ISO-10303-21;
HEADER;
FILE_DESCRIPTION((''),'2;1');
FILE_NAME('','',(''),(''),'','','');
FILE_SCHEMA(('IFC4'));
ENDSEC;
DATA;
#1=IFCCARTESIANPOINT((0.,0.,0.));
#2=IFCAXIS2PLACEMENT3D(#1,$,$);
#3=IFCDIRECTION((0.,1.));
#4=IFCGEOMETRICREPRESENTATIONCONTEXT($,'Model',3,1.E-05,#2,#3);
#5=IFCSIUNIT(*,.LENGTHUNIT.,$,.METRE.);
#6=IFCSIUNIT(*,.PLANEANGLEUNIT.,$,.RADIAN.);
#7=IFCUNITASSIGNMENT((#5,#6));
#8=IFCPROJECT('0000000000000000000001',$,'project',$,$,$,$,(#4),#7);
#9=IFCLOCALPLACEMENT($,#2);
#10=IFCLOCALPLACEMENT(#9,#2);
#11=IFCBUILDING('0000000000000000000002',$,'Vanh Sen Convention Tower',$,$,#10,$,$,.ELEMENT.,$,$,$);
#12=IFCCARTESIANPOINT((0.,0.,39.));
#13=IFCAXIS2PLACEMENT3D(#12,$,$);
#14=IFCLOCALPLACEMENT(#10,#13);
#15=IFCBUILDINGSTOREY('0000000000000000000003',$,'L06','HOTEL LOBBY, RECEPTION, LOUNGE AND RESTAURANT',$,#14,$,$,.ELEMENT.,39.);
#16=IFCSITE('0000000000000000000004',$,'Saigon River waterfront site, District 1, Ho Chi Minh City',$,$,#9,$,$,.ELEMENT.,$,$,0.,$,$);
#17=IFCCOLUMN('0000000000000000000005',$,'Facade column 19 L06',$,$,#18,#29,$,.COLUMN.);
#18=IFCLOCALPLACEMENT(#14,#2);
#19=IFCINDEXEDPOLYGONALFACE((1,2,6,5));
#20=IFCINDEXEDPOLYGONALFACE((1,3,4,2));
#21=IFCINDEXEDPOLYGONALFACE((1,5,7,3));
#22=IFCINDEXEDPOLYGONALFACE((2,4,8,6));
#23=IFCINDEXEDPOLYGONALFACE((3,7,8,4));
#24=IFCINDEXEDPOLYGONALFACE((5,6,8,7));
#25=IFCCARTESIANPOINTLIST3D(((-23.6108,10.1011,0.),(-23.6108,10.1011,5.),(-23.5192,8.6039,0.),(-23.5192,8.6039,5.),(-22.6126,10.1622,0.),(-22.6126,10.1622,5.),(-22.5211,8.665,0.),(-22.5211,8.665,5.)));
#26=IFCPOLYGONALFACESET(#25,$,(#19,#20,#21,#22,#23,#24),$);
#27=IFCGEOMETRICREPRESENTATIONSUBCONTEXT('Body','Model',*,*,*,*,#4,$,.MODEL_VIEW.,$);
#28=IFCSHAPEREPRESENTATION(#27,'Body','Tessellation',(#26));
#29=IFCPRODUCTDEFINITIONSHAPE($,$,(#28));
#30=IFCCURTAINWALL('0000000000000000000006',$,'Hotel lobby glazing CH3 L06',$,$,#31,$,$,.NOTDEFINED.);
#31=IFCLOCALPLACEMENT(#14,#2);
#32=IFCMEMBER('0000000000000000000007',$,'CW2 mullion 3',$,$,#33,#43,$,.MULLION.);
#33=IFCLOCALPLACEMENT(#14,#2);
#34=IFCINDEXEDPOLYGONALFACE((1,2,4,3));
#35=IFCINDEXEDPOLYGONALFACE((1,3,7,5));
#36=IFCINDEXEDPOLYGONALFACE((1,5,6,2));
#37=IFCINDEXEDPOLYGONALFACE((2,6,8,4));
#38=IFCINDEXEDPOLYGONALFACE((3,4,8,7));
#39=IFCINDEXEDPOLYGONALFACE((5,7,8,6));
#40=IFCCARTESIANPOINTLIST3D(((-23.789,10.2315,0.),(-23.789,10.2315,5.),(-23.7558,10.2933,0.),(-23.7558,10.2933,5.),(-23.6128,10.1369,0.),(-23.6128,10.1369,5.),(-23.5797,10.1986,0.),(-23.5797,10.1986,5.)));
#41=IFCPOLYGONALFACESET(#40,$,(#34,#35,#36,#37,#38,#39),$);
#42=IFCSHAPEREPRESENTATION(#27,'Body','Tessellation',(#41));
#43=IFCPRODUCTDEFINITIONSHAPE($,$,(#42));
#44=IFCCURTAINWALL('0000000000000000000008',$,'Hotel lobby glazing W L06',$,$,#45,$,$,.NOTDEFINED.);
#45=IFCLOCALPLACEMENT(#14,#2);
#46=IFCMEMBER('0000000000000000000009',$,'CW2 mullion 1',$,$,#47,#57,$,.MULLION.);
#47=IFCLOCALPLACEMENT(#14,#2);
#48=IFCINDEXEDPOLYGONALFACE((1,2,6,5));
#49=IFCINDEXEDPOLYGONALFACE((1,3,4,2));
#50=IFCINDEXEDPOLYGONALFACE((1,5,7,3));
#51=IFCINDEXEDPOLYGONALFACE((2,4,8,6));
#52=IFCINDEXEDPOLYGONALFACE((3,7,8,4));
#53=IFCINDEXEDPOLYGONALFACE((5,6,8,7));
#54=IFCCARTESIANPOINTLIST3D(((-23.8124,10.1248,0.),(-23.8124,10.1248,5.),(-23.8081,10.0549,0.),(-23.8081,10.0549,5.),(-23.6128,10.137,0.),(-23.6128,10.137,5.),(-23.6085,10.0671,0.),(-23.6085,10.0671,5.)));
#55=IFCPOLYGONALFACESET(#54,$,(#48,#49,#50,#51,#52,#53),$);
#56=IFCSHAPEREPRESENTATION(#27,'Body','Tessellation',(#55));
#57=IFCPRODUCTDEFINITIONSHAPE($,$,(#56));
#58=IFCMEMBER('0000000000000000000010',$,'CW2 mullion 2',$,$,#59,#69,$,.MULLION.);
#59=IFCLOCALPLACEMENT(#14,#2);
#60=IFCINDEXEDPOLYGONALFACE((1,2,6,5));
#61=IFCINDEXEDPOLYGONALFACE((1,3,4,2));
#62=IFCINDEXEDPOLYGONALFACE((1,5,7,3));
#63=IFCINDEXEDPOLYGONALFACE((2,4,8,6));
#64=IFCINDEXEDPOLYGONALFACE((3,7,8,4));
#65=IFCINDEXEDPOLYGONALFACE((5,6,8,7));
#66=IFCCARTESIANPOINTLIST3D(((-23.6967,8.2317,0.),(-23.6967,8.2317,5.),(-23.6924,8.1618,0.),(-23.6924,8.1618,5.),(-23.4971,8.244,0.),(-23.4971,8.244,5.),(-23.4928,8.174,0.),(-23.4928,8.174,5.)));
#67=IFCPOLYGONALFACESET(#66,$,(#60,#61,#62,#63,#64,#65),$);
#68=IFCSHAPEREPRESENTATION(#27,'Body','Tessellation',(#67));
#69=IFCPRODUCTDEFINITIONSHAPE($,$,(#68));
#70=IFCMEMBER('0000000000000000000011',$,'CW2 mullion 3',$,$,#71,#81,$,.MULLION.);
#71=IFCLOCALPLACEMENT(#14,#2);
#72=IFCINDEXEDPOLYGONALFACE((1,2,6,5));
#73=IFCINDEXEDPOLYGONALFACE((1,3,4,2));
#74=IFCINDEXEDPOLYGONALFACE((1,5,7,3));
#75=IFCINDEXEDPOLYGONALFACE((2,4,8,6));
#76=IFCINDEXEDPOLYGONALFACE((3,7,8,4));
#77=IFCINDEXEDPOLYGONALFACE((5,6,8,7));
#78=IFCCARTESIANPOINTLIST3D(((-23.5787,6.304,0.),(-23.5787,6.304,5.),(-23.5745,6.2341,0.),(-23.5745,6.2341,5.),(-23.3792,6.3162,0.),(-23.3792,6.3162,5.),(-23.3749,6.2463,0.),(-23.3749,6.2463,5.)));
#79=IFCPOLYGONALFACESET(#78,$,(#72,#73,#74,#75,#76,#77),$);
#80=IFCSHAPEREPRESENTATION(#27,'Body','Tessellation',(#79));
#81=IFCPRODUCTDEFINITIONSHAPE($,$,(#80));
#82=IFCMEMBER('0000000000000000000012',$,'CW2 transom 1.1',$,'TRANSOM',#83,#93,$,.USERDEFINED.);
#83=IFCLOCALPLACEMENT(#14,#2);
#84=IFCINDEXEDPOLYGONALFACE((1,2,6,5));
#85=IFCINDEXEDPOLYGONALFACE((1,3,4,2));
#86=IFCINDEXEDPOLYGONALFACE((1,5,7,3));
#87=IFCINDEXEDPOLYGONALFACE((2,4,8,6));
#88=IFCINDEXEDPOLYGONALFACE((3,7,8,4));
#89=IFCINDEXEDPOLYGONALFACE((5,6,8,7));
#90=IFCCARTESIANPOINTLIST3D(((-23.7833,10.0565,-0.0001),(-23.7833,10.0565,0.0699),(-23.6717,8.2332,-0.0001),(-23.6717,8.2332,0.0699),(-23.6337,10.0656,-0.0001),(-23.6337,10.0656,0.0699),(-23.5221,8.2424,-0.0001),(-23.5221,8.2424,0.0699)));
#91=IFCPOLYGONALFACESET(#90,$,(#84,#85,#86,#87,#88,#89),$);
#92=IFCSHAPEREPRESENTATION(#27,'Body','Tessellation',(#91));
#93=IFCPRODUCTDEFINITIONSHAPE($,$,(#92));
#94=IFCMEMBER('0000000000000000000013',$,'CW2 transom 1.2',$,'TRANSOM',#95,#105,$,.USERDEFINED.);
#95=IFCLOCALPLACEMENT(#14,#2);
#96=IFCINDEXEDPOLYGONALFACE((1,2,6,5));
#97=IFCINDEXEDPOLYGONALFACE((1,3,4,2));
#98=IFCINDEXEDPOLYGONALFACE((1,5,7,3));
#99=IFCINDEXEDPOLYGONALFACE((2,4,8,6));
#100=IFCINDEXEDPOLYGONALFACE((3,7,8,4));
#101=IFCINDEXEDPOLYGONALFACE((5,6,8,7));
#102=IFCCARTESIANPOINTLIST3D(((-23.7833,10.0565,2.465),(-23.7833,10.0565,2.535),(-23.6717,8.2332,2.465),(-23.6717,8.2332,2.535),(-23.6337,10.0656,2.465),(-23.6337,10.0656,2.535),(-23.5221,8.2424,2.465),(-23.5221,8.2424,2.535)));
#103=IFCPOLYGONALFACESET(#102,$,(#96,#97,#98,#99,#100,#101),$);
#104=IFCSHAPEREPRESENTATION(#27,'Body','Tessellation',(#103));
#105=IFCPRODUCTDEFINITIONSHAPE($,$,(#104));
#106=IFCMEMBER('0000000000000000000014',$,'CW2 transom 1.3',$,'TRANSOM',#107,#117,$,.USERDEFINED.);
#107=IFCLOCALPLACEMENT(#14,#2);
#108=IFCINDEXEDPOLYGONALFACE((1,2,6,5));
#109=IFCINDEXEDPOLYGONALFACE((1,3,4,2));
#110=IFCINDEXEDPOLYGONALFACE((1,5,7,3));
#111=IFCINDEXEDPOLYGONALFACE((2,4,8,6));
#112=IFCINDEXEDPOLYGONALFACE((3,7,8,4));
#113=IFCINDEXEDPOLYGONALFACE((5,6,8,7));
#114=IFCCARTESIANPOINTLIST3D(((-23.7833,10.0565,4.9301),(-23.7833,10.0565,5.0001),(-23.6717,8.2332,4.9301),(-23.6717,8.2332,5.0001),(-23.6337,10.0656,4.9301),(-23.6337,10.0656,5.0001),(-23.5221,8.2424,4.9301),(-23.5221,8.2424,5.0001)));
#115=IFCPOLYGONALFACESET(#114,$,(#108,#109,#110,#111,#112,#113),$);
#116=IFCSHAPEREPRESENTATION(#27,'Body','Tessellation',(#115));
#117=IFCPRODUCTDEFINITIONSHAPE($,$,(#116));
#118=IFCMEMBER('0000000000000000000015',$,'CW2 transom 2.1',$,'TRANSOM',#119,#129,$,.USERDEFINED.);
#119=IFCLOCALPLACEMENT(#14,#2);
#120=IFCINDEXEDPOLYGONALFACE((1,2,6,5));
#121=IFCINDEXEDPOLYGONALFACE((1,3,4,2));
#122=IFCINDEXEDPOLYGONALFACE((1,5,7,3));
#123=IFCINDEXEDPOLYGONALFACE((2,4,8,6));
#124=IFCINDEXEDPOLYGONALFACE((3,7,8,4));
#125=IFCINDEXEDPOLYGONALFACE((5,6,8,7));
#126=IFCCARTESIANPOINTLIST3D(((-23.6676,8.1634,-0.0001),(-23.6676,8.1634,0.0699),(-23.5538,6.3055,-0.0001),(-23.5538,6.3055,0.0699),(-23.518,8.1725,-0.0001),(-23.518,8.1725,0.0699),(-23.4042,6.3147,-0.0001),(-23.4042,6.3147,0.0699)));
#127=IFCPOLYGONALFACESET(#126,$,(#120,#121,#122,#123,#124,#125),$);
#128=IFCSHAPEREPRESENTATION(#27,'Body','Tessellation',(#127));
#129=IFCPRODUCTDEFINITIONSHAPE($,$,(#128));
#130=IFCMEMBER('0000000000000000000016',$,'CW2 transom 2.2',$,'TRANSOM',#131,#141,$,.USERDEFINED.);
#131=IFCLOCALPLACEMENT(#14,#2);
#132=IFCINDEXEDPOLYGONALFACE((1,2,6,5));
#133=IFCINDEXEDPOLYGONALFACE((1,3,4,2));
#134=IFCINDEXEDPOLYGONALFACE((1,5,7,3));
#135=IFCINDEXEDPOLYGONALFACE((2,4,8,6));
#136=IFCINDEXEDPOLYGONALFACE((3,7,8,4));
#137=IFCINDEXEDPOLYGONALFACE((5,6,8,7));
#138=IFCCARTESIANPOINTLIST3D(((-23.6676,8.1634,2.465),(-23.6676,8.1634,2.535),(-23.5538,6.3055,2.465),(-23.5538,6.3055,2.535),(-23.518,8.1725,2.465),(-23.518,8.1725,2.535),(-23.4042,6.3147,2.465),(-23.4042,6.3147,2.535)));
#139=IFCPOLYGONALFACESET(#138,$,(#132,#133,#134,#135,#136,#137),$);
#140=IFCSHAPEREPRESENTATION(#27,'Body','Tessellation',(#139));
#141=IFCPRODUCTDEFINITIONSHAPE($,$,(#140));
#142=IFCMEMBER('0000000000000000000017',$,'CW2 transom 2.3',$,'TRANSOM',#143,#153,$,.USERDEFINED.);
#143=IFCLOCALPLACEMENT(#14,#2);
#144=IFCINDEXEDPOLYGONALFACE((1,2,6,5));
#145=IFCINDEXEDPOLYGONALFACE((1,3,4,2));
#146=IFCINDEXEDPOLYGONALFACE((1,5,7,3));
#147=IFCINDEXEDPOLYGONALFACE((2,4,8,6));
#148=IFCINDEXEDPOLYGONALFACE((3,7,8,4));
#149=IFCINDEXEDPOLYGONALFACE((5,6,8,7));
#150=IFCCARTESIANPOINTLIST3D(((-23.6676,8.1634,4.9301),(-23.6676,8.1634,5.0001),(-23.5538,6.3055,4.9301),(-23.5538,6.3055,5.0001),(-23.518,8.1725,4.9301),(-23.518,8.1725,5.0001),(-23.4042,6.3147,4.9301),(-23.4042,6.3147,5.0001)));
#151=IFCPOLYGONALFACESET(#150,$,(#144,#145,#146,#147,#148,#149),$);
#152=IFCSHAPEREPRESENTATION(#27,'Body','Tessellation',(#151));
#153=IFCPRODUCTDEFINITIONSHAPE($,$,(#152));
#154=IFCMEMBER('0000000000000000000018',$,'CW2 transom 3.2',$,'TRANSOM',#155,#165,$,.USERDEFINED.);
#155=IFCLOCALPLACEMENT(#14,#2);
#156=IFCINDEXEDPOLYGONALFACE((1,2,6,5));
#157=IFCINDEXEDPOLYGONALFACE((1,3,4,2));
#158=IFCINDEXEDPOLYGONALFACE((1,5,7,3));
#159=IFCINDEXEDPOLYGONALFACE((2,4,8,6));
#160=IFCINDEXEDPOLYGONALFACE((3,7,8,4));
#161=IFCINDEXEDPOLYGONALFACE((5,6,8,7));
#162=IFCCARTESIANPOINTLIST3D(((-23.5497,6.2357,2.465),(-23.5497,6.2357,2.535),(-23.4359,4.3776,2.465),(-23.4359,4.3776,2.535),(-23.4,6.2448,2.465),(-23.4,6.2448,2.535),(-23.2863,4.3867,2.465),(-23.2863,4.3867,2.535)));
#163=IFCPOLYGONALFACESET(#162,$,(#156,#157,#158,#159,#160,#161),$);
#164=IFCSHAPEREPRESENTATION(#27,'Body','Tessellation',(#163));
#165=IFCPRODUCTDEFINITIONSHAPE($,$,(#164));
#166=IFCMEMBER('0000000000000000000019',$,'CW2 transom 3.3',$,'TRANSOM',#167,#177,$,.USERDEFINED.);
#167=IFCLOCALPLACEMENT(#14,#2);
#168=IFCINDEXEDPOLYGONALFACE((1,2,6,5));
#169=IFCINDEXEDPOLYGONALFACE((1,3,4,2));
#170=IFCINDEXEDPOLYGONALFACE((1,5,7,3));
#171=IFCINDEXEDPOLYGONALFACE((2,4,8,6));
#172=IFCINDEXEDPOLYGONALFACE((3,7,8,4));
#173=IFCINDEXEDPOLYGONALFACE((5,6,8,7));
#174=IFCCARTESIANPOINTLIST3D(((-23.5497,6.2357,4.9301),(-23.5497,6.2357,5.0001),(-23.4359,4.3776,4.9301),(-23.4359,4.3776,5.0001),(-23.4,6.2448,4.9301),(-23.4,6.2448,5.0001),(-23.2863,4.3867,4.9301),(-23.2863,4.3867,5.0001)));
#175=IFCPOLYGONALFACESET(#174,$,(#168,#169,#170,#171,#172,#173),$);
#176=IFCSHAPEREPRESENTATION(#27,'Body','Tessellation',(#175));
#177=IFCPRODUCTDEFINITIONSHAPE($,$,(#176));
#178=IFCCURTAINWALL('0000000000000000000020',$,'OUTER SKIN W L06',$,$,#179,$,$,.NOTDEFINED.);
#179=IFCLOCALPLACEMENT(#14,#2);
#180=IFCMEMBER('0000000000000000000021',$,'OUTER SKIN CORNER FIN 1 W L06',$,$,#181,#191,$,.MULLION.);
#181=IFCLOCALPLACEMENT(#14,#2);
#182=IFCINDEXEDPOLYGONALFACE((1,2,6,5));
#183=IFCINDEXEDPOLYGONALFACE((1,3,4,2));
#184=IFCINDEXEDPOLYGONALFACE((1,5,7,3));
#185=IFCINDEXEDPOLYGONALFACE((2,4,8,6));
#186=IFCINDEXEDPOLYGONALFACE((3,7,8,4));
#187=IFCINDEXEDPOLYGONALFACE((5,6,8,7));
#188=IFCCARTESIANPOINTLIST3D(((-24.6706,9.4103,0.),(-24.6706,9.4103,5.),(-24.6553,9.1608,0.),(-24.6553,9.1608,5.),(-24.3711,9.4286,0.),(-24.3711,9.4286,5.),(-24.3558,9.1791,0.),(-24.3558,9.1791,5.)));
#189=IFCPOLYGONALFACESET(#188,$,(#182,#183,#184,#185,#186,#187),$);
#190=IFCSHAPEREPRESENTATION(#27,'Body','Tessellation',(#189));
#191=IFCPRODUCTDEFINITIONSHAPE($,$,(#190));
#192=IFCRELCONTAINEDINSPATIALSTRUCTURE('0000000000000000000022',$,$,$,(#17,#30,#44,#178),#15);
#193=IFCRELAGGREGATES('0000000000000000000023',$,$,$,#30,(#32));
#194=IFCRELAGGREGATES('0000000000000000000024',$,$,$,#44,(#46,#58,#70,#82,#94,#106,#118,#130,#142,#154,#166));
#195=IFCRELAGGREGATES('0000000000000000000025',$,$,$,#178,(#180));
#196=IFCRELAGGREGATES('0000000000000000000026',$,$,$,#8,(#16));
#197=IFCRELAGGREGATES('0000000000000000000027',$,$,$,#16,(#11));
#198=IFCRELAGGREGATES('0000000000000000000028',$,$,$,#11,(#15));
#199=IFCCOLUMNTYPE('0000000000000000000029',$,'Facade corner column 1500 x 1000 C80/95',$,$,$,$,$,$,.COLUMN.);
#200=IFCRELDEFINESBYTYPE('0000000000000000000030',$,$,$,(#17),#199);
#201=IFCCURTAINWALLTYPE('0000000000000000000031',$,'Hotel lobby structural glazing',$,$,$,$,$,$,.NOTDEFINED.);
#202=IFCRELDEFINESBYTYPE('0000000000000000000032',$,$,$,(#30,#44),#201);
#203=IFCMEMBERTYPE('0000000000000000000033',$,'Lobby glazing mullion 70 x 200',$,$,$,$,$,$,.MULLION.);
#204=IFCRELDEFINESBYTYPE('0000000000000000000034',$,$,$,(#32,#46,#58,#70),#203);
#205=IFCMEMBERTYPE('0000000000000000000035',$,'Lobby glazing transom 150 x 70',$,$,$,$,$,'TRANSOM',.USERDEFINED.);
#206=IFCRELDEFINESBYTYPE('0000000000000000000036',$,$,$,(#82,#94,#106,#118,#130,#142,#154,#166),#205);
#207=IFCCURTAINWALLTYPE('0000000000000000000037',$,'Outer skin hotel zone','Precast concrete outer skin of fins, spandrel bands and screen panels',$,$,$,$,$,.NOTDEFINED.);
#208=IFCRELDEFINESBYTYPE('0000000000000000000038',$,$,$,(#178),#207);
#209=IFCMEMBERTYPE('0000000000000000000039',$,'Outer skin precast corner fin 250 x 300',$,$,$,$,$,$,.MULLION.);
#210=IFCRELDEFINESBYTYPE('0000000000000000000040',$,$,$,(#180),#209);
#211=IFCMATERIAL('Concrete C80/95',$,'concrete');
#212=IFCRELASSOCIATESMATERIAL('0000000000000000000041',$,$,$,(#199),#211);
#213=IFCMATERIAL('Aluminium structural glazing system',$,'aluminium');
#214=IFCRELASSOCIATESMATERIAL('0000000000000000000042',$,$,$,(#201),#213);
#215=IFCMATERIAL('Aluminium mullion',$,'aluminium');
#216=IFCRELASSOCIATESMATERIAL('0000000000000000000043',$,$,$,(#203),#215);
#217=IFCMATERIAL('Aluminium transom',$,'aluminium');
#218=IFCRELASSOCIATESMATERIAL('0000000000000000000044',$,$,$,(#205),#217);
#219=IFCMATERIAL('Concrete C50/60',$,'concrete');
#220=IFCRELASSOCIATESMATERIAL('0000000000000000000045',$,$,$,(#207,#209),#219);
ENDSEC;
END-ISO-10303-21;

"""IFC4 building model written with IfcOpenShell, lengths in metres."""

from ifc_helpers import new_model, si_unit, direction, frame, origin, origin_2d, place, context, subcontext, project, spatial, rectangle, extrude, material, material_profile, profile_set, type_object, element, aggregate, save


model = new_model("IFC4")

# Units and contexts
model_context = context("Model", 3, precision=1e-05, world=origin(), true_north=direction((0.0, 1.0)))
body_context = subcontext(model_context, "Body", "Model", "MODEL_VIEW")
ifc_project = project(units=[si_unit("LENGTHUNIT", "METRE"), si_unit("PLANEANGLEUNIT", "RADIAN")], contexts=[model_context])

# Site, building, storey
site_placement = place(None, origin())
site = spatial("IfcSite", under=ifc_project, at=site_placement, Name="Saigon River waterfront site, District 1, Ho Chi Minh City", CompositionType="ELEMENT", RefElevation=0.0)
building_placement = place(site_placement, origin())
building = spatial("IfcBuilding", under=site, at=building_placement, Name="Vanh Sen Convention Tower", CompositionType="ELEMENT")
storey_placement = place(building_placement, frame((0.0, 0.0, 39.0)))
storey = spatial("IfcBuildingStorey", under=building, at=storey_placement, Name="L06", Description="HOTEL LOBBY, RECEPTION, LOUNGE AND RESTAURANT", CompositionType="ELEMENT", Elevation=39.0)

# Column
ifc_material_1 = material(Name="Concrete C80/95", Category="concrete")
ifc_material_profile_1 = material_profile(ifc_material_1, rectangle(XDim=1.5, YDim=1.0, at=origin_2d()), Name="RC 1500X1000")
ifc_profile_set_1 = profile_set([ifc_material_profile_1], Name="Concrete C80/95")
column_type = type_object("IfcColumnType", Name="Facade corner column 1500 x 1000 C80/95", PredefinedType="COLUMN", material=ifc_profile_set_1)
column_placement = place(storey_placement, frame((-23.0659, 9.3831, 0.0), z_axis=(0.0, 0.0, 1.0), x_axis=(0.061049, -0.998135, 0.0)))
element("IfcColumn", 1, at=column_placement, inside=storey, type_object=column_type, Name="Facade column 19 L06", PredefinedType="COLUMN", context=body_context, shape_type="SweptSolid", body=[
    extrude(rectangle(XDim=1.5, YDim=1.0, at=origin_2d()), origin(), (0.0, 0.0, 1.0), 5.0),
])

# Curtain wall, member
ifc_material_2 = material(Name="Aluminium structural glazing system", Category="aluminium")
curtain_wall_type_1 = type_object("IfcCurtainWallType", Name="Hotel lobby structural glazing", PredefinedType="NOTDEFINED", material=ifc_material_2)
curtain_wall_1_placement = place(storey_placement, origin())
curtain_wall_1 = element("IfcCurtainWall", 2, at=curtain_wall_1_placement, inside=storey, type_object=curtain_wall_type_1, Name="Hotel lobby glazing CH3 L06", PredefinedType="NOTDEFINED")
ifc_material_3 = material(Name="Aluminium mullion", Category="aluminium")
ifc_material_profile_2 = material_profile(ifc_material_3, rectangle(XDim=0.2, YDim=0.0701, at=origin_2d()), Name="Lobby glazing mullion 70 x 200")
ifc_profile_set_2 = profile_set([ifc_material_profile_2], Name="Aluminium mullion")
member_type_1 = type_object("IfcMemberType", Name="Lobby glazing mullion 70 x 200", PredefinedType="MULLION", material=ifc_profile_set_2)
member_1_placement = place(storey_placement, frame((-23.6843, 10.2151, 0.0), z_axis=(0.0, 0.0, 1.0), x_axis=(0.880884, -0.473331, 0.0)))
member_1 = element("IfcMember", 3, at=member_1_placement, type_object=member_type_1, Name="CW2 mullion 3", PredefinedType="MULLION", context=body_context, shape_type="SweptSolid", body=[
    extrude(rectangle(XDim=0.2, YDim=0.0701, at=origin_2d()), origin(), (0.0, 0.0, 1.0), 5.0),
])

# Curtain walls, members
curtain_wall_2_placement = place(storey_placement, origin())
curtain_wall_2 = element("IfcCurtainWall", 4, at=curtain_wall_2_placement, inside=storey, type_object=curtain_wall_type_1, Name="Hotel lobby glazing W L06", PredefinedType="NOTDEFINED")
member_2_placement = place(storey_placement, frame((-23.7104, 10.0959, 0.0), z_axis=(0.0, 0.0, 1.0), x_axis=(0.998135, 0.061046, 0.0)))
member_2 = element("IfcMember", 5, at=member_2_placement, type_object=member_type_1, Name="CW2 mullion 1", PredefinedType="MULLION", context=body_context, shape_type="SweptSolid", body=[
    extrude(rectangle(XDim=0.2, YDim=0.0701, at=origin_2d()), origin(), (0.0, 0.0, 1.0), 5.0),
])
member_3_placement = place(storey_placement, frame((-23.5947, 8.2029, 0.0), z_axis=(0.0, 0.0, 1.0), x_axis=(0.998135, 0.061046, 0.0)))
member_3 = element("IfcMember", 6, at=member_3_placement, type_object=member_type_1, Name="CW2 mullion 2", PredefinedType="MULLION", context=body_context, shape_type="SweptSolid", body=[
    extrude(rectangle(XDim=0.2, YDim=0.0701, at=origin_2d()), origin(), (0.0, 0.0, 1.0), 5.0),
])
member_4_placement = place(storey_placement, frame((-23.4768, 6.2751, 0.0), z_axis=(0.0, 0.0, 1.0), x_axis=(0.998135, 0.061046, 0.0)))
member_4 = element("IfcMember", 7, at=member_4_placement, type_object=member_type_1, Name="CW2 mullion 3", PredefinedType="MULLION", context=body_context, shape_type="SweptSolid", body=[
    extrude(rectangle(XDim=0.2, YDim=0.0701, at=origin_2d()), origin(), (0.0, 0.0, 1.0), 5.0),
])
ifc_material_4 = material(Name="Aluminium transom", Category="aluminium")
ifc_material_profile_3 = material_profile(ifc_material_4, rectangle(XDim=0.1499, YDim=0.0701, at=origin_2d()), Name="Lobby glazing transom 150 x 70")
ifc_profile_set_3 = profile_set([ifc_material_profile_3], Name="Aluminium transom")
member_type_2 = type_object("IfcMemberType", Name="Lobby glazing transom 150 x 70", ElementType="TRANSOM", PredefinedType="USERDEFINED", material=ifc_profile_set_3)
member_5_placement = place(storey_placement, frame((-23.7085, 10.061, 0.0349), z_axis=(0.06108, -0.998133, 0.0), x_axis=(0.998133, 0.06108, 0.0)))
member_5 = element("IfcMember", 8, at=member_5_placement, type_object=member_type_2, Name="CW2 transom 1.1", ObjectType="TRANSOM", PredefinedType="USERDEFINED", context=body_context, shape_type="SweptSolid", body=[
    extrude(rectangle(XDim=0.1499, YDim=0.0701, at=origin_2d()), origin(), (0.0, 0.0, 1.0), 1.8267),
])
member_6_placement = place(storey_placement, frame((-23.7085, 10.061, 2.5), z_axis=(0.06108, -0.998133, 0.0), x_axis=(0.998133, 0.06108, 0.0)))
member_6 = element("IfcMember", 9, at=member_6_placement, type_object=member_type_2, Name="CW2 transom 1.2", ObjectType="TRANSOM", PredefinedType="USERDEFINED", context=body_context, shape_type="SweptSolid", body=[
    extrude(rectangle(XDim=0.1499, YDim=0.0701, at=origin_2d()), origin(), (0.0, 0.0, 1.0), 1.8267),
])
member_7_placement = place(storey_placement, frame((-23.7085, 10.061, 4.9651), z_axis=(0.06108, -0.998133, 0.0), x_axis=(0.998133, 0.06108, 0.0)))
member_7 = element("IfcMember", 10, at=member_7_placement, type_object=member_type_2, Name="CW2 transom 1.3", ObjectType="TRANSOM", PredefinedType="USERDEFINED", context=body_context, shape_type="SweptSolid", body=[
    extrude(rectangle(XDim=0.1499, YDim=0.0701, at=origin_2d()), origin(), (0.0, 0.0, 1.0), 1.8267),
])
member_8_placement = place(storey_placement, frame((-23.5928, 8.168, 0.0349), z_axis=(0.061121, -0.99813, 0.0), x_axis=(0.99813, 0.061121, 0.0)))
member_8 = element("IfcMember", 11, at=member_8_placement, type_object=member_type_2, Name="CW2 transom 2.1", ObjectType="TRANSOM", PredefinedType="USERDEFINED", context=body_context, shape_type="SweptSolid", body=[
    extrude(rectangle(XDim=0.1499, YDim=0.0701, at=origin_2d()), origin(), (0.0, 0.0, 1.0), 1.8613),
])
member_9_placement = place(storey_placement, frame((-23.5928, 8.168, 2.5), z_axis=(0.061121, -0.99813, 0.0), x_axis=(0.99813, 0.061121, 0.0)))
member_9 = element("IfcMember", 12, at=member_9_placement, type_object=member_type_2, Name="CW2 transom 2.2", ObjectType="TRANSOM", PredefinedType="USERDEFINED", context=body_context, shape_type="SweptSolid", body=[
    extrude(rectangle(XDim=0.1499, YDim=0.0701, at=origin_2d()), origin(), (0.0, 0.0, 1.0), 1.8613),
])
member_10_placement = place(storey_placement, frame((-23.5928, 8.168, 4.9651), z_axis=(0.061121, -0.99813, 0.0), x_axis=(0.99813, 0.061121, 0.0)))
member_10 = element("IfcMember", 13, at=member_10_placement, type_object=member_type_2, Name="CW2 transom 2.3", ObjectType="TRANSOM", PredefinedType="USERDEFINED", context=body_context, shape_type="SweptSolid", body=[
    extrude(rectangle(XDim=0.1499, YDim=0.0701, at=origin_2d()), origin(), (0.0, 0.0, 1.0), 1.8613),
])
member_11_placement = place(storey_placement, frame((-23.4749, 6.2402, 2.5), z_axis=(0.061113, -0.998131, 0.0), x_axis=(0.998131, 0.061113, 0.0)))
member_11 = element("IfcMember", 14, at=member_11_placement, type_object=member_type_2, Name="CW2 transom 3.2", ObjectType="TRANSOM", PredefinedType="USERDEFINED", context=body_context, shape_type="SweptSolid", body=[
    extrude(rectangle(XDim=0.1499, YDim=0.0701, at=origin_2d()), origin(), (0.0, 0.0, 1.0), 1.8616),
])
member_12_placement = place(storey_placement, frame((-23.4749, 6.2402, 4.9651), z_axis=(0.061113, -0.998131, 0.0), x_axis=(0.998131, 0.061113, 0.0)))
member_12 = element("IfcMember", 15, at=member_12_placement, type_object=member_type_2, Name="CW2 transom 3.3", ObjectType="TRANSOM", PredefinedType="USERDEFINED", context=body_context, shape_type="SweptSolid", body=[
    extrude(rectangle(XDim=0.1499, YDim=0.0701, at=origin_2d()), origin(), (0.0, 0.0, 1.0), 1.8616),
])
ifc_material_5 = material(Name="Concrete C50/60", Category="concrete")
curtain_wall_type_2 = type_object("IfcCurtainWallType", Name="Outer skin hotel zone", Description="Precast concrete outer skin of fins, spandrel bands and screen panels", PredefinedType="NOTDEFINED", material=ifc_material_5)
curtain_wall_3_placement = place(storey_placement, origin())
curtain_wall_3 = element("IfcCurtainWall", 16, at=curtain_wall_3_placement, inside=storey, type_object=curtain_wall_type_2, Name="OUTER SKIN W L06", PredefinedType="NOTDEFINED")
ifc_material_profile_4 = material_profile(ifc_material_5, rectangle(XDim=0.25, YDim=0.3, at=origin_2d()), Name="Outer skin precast corner fin 250 x 300")
ifc_profile_set_4 = profile_set([ifc_material_profile_4], Name="Concrete C50/60")
member_type_3 = type_object("IfcMemberType", Name="Outer skin precast corner fin 250 x 300", PredefinedType="MULLION", material=ifc_profile_set_4)
member_13_placement = place(storey_placement, frame((-24.5132, 9.2947, 0.0), z_axis=(0.0, 0.0, 1.0), x_axis=(0.061049, -0.998135, 0.0)))
member_13 = element("IfcMember", 17, at=member_13_placement, type_object=member_type_3, Name="OUTER SKIN CORNER FIN 1 W L06", PredefinedType="MULLION", context=body_context, shape_type="SweptSolid", body=[
    extrude(rectangle(XDim=0.25, YDim=0.3, at=origin_2d()), origin(), (0.0, 0.0, 1.0), 5.0),
])

aggregate(curtain_wall_1, [member_1])
aggregate(curtain_wall_2, [member_2, member_3, member_4, member_5, member_6, member_7, member_8, member_9, member_10, member_11, member_12])

aggregate(curtain_wall_3, [member_13])

save(model, "model.ifc")
